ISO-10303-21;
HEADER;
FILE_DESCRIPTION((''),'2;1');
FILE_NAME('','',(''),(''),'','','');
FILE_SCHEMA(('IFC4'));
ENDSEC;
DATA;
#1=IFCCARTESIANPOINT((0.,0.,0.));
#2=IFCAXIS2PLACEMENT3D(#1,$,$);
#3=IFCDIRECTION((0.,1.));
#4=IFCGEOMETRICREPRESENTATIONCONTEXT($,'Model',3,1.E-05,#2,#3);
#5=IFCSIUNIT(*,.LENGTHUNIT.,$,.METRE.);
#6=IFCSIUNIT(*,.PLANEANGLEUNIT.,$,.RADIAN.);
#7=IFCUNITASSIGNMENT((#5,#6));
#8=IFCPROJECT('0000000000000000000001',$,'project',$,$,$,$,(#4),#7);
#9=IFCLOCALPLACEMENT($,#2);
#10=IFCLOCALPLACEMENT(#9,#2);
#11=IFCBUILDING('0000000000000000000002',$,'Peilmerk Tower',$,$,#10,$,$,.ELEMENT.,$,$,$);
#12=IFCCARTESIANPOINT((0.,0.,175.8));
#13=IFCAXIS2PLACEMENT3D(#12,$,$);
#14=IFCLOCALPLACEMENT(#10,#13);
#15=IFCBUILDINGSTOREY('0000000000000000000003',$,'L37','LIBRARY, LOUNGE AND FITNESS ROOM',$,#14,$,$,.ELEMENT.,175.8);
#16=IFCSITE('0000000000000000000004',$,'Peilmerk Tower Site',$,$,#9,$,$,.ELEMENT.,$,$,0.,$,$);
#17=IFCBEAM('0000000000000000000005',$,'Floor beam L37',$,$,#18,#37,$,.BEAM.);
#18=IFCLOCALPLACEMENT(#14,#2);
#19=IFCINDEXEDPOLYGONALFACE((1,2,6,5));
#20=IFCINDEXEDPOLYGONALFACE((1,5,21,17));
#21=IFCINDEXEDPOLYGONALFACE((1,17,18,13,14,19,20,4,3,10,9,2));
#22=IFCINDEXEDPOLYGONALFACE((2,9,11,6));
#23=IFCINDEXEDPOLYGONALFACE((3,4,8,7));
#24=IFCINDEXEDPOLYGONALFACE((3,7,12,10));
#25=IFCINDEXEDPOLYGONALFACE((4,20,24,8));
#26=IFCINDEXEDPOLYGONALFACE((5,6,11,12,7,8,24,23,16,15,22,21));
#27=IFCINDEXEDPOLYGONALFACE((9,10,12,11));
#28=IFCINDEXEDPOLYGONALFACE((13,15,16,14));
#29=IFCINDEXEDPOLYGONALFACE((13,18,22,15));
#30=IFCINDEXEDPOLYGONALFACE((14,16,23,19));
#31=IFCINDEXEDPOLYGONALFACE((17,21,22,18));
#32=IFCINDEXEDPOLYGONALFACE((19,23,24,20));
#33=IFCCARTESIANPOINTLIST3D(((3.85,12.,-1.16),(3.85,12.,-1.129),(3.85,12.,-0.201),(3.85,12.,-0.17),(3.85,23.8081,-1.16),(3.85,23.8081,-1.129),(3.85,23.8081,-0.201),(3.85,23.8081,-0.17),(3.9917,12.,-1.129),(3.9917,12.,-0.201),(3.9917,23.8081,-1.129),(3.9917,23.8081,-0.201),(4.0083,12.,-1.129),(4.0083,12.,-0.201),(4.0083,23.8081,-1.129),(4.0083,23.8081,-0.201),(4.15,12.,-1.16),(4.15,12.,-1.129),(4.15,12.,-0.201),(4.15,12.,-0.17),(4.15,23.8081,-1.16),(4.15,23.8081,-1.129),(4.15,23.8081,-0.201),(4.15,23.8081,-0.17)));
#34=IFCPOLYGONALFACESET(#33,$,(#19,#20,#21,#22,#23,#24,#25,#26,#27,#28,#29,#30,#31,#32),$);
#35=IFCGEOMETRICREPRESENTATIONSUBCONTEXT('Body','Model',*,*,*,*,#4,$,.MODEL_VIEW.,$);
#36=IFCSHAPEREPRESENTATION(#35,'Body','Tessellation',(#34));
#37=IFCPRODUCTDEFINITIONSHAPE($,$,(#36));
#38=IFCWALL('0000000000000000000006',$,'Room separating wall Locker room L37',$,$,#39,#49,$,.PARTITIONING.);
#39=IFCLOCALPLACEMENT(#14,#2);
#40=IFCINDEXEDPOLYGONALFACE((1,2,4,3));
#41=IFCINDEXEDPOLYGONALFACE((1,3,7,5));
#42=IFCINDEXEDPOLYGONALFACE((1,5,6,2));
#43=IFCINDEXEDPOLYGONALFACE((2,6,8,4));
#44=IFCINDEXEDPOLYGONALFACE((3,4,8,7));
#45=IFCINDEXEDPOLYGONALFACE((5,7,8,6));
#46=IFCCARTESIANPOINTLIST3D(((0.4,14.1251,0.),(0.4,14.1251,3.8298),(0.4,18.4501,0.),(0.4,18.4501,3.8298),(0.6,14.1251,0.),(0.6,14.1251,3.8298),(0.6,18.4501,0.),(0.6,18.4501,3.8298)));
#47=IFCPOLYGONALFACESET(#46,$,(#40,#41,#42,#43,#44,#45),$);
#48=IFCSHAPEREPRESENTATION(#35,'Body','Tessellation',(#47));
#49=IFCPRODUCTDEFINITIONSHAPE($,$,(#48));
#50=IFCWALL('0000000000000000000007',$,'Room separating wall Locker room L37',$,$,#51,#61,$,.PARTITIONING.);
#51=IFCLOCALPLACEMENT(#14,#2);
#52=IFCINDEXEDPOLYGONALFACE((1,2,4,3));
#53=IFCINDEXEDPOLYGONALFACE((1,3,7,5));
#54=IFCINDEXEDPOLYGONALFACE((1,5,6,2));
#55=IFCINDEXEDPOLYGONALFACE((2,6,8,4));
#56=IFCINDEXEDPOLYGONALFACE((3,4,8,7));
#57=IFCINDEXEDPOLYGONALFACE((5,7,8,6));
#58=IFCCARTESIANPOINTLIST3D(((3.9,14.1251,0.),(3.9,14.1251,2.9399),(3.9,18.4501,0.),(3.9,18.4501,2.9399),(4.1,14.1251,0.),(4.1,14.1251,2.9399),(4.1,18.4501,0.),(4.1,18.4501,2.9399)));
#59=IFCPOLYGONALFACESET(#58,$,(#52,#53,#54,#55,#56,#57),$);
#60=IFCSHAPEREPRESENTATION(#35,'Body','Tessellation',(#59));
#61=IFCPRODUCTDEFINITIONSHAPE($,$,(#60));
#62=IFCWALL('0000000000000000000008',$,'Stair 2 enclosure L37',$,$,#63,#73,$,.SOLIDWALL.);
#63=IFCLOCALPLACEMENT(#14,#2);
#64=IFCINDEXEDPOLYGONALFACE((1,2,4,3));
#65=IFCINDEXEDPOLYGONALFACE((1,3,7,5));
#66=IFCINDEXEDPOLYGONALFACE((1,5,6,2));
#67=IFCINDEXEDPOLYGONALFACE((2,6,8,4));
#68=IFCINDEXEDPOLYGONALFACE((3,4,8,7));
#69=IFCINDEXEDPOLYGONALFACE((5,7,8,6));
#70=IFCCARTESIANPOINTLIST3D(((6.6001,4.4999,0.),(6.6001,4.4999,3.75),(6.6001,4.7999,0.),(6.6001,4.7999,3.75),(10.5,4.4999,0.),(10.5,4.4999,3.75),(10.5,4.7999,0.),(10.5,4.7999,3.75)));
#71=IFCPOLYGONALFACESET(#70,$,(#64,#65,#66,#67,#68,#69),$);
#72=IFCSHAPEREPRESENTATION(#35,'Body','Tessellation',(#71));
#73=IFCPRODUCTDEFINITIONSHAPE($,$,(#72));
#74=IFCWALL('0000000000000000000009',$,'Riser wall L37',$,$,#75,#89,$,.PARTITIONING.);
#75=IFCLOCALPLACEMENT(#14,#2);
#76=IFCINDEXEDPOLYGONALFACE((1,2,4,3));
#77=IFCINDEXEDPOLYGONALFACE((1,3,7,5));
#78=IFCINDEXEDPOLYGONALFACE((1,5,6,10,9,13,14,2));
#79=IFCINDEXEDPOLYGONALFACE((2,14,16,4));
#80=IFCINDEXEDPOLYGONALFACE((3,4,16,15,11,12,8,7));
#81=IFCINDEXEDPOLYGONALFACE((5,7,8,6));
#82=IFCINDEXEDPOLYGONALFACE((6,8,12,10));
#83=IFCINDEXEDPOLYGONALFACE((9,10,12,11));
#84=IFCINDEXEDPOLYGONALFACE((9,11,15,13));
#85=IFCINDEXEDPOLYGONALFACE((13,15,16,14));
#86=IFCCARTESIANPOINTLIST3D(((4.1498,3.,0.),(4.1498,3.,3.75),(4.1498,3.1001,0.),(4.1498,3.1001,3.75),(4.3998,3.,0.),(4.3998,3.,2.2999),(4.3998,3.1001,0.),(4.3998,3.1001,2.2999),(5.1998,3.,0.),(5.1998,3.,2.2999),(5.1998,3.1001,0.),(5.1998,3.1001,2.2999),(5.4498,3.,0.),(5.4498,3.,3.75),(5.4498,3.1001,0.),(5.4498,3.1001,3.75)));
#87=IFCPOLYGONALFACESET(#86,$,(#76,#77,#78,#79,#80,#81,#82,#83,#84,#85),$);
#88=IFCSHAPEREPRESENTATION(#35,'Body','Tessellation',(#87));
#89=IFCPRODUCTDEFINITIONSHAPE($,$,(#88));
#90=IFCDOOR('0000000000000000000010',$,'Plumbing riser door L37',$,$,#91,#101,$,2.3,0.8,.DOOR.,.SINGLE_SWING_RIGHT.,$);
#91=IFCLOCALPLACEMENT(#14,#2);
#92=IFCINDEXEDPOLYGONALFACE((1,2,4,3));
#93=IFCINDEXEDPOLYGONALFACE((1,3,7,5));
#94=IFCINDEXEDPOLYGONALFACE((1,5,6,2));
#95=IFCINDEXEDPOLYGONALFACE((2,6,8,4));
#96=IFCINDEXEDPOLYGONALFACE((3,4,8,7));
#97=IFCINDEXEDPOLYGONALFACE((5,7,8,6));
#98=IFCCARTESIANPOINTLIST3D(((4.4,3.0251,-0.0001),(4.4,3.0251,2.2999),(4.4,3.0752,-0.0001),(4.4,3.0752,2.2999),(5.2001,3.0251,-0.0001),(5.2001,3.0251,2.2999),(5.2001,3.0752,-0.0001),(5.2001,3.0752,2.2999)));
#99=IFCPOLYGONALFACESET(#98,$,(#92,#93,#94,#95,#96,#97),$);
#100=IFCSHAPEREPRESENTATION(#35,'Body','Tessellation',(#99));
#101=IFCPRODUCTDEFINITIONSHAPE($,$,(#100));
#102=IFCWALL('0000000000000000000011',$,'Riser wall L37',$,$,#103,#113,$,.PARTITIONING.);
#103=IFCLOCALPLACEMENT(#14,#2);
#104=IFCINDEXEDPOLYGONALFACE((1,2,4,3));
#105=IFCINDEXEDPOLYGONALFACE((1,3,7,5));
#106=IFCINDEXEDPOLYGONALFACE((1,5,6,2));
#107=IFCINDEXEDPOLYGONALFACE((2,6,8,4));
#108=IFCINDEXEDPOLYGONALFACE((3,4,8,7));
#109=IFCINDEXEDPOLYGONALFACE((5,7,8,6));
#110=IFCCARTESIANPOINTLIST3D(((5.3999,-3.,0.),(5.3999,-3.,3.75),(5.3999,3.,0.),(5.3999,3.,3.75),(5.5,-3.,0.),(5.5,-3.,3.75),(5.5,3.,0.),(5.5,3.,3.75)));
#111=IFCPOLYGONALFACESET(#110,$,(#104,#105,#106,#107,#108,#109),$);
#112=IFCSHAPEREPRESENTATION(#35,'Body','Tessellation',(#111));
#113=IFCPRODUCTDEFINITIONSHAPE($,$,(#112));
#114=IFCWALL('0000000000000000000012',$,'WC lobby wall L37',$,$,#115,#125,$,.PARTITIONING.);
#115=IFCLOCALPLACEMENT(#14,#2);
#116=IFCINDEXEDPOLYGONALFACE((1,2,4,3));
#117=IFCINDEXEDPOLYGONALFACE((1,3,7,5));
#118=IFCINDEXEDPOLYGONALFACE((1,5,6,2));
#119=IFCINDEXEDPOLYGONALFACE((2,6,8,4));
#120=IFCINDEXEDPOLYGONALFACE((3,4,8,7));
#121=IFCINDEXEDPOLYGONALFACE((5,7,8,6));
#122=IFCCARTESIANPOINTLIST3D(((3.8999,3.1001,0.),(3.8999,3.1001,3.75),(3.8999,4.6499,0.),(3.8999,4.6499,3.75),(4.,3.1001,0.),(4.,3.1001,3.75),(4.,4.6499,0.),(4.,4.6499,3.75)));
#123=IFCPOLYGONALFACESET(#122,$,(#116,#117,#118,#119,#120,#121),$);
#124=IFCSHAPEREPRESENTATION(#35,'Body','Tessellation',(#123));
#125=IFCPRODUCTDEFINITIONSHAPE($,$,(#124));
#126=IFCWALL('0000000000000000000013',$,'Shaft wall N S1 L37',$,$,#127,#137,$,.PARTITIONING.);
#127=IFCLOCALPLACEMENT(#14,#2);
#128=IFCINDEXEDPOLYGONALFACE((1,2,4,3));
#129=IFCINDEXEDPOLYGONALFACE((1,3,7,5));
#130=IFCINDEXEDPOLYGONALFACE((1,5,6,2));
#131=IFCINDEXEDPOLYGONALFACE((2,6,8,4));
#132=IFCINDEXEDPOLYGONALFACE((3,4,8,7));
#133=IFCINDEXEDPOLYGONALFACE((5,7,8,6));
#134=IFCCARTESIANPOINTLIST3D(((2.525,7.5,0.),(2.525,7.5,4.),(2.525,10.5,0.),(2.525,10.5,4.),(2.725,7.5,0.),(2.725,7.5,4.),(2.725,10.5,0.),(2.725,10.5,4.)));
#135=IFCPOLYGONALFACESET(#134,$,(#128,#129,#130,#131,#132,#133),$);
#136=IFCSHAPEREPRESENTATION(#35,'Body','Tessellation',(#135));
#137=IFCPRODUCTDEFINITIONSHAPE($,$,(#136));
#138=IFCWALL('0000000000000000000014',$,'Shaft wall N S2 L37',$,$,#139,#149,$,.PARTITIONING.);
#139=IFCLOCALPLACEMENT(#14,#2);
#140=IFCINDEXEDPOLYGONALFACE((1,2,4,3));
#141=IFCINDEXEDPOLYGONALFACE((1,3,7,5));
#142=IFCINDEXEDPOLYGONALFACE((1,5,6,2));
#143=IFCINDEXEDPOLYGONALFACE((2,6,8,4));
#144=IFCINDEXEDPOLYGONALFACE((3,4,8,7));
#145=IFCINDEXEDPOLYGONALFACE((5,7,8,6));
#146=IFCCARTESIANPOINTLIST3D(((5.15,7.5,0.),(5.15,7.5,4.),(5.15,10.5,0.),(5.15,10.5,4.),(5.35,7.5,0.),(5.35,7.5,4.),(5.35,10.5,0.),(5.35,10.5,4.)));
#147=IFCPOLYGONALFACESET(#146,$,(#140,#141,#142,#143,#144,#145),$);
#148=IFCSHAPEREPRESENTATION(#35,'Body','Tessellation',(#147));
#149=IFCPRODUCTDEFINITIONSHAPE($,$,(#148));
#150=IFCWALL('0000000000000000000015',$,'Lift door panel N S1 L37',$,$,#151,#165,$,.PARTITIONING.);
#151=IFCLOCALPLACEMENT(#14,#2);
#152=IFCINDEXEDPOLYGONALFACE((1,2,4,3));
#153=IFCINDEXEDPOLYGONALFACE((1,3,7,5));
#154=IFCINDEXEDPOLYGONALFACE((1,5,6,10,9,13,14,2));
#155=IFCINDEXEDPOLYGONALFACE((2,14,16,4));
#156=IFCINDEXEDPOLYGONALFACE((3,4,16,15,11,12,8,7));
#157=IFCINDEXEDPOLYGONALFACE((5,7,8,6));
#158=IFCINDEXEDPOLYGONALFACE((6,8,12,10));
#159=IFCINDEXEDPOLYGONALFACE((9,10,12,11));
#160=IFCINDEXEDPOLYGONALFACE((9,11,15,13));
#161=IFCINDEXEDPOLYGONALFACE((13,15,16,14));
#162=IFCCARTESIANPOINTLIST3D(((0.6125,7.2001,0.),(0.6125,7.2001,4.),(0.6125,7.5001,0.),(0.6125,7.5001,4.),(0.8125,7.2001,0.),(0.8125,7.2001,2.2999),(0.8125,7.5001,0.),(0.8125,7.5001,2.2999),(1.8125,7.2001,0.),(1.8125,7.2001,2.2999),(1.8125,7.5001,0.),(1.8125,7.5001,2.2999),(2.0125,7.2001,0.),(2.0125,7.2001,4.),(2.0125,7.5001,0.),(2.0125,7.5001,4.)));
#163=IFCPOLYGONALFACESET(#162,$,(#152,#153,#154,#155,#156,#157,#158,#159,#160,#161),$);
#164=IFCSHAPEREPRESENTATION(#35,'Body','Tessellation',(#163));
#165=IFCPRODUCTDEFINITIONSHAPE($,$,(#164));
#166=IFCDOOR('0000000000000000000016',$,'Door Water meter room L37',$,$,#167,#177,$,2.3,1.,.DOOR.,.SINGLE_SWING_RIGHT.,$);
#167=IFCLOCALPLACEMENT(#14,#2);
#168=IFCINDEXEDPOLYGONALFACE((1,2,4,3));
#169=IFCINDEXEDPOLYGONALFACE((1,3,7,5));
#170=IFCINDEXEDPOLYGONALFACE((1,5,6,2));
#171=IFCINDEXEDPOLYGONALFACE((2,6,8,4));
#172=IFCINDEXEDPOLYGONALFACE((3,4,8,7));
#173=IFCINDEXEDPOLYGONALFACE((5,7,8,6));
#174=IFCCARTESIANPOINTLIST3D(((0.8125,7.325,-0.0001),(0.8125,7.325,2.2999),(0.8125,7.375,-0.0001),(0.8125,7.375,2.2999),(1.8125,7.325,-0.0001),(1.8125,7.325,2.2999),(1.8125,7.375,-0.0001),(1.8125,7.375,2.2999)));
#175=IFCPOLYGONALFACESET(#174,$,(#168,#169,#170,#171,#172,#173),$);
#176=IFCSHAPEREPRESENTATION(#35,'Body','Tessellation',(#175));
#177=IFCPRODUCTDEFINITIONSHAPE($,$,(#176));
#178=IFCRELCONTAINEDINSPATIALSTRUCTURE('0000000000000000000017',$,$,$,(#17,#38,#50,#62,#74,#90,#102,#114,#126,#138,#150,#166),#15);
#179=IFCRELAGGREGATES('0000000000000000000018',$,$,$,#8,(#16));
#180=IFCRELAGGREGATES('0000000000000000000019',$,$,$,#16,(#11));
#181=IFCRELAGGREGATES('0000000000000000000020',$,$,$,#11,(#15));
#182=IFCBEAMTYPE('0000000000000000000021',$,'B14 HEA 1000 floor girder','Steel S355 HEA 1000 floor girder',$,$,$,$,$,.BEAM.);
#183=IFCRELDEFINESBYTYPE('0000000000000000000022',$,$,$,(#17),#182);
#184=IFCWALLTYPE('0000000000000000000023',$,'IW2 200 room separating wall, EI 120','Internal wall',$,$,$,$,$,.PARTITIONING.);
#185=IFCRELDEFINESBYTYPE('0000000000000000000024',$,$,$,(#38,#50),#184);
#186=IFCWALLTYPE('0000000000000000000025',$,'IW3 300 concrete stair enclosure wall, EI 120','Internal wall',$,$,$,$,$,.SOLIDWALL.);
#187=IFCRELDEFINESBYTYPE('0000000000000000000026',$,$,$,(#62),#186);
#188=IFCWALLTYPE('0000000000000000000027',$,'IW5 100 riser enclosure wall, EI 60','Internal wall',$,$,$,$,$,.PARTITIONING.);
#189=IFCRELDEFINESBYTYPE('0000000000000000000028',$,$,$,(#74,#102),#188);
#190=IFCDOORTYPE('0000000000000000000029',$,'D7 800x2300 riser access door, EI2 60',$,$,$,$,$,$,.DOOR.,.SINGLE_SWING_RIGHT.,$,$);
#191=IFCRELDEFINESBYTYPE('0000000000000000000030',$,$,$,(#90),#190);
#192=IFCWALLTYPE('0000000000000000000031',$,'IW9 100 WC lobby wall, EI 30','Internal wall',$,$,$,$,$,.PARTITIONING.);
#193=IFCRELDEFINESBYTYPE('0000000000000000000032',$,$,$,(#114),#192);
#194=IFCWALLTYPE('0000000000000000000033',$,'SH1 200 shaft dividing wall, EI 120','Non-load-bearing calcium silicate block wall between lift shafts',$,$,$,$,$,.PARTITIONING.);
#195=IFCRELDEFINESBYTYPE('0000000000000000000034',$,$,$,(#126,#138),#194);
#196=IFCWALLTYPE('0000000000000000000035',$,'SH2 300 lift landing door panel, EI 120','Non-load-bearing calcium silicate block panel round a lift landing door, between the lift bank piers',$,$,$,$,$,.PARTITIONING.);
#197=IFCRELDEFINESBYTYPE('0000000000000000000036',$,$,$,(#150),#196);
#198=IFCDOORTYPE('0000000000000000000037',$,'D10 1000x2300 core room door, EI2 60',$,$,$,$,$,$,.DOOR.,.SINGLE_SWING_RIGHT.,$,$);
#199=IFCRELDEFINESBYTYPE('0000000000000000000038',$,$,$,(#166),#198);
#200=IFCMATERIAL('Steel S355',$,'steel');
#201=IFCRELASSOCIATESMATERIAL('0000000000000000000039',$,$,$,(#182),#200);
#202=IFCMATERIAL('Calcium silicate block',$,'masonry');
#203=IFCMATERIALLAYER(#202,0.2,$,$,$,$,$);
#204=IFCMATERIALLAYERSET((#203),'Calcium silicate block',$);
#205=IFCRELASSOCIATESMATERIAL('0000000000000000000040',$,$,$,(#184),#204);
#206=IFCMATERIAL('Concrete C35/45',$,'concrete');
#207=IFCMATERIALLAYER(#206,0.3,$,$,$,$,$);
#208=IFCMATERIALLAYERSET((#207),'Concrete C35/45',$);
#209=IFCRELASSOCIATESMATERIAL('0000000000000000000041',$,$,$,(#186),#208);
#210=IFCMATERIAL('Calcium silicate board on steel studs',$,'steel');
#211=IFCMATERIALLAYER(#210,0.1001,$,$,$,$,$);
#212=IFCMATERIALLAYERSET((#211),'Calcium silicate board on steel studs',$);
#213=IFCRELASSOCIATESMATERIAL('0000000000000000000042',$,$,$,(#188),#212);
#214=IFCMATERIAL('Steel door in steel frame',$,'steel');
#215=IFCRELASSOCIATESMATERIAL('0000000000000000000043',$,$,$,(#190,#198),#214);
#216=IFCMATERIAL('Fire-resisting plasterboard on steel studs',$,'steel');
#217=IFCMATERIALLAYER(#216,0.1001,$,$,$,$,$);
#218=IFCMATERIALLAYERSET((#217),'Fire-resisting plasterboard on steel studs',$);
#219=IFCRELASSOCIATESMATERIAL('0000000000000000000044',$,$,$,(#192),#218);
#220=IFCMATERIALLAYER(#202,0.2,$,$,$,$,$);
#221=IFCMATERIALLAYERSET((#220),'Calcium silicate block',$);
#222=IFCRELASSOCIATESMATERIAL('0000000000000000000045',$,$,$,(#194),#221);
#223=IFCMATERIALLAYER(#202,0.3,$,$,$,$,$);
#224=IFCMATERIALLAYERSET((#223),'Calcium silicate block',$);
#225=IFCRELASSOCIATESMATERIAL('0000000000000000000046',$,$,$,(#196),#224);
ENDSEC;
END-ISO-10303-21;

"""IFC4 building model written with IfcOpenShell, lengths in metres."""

from ifc_helpers import new_model, si_unit, direction, frame, frame_2d, origin, origin_2d, place, context, subcontext, project, spatial, rectangle, i_section, extrude, material, layer, layer_set, material_profile, profile_set, type_object, element, fill, save


model = new_model("IFC4")

# Units and contexts
model_context = context("Model", 3, precision=1e-05, world=origin(), true_north=direction((0.0, 1.0)))
body_context = subcontext(model_context, "Body", "Model", "MODEL_VIEW")
ifc_project = project(units=[si_unit("LENGTHUNIT", "METRE"), si_unit("PLANEANGLEUNIT", "RADIAN")], contexts=[model_context])

# Site, building, storey
site_placement = place(None, origin())
site = spatial("IfcSite", under=ifc_project, at=site_placement, Name="Peilmerk Tower Site", CompositionType="ELEMENT", RefElevation=0.0)
building_placement = place(site_placement, origin())
building = spatial("IfcBuilding", under=site, at=building_placement, Name="Peilmerk Tower", CompositionType="ELEMENT")
storey_placement = place(building_placement, frame((0.0, 0.0, 175.8)))
storey = spatial("IfcBuildingStorey", under=building, at=storey_placement, Name="L37", Description="LIBRARY, LOUNGE AND FITNESS ROOM", CompositionType="ELEMENT", Elevation=175.8)

# Beam
ifc_material_1 = material(Name="Steel S355", Category="steel")
ifc_material_profile = material_profile(ifc_material_1, i_section(OverallWidth=0.3, OverallDepth=0.99, WebThickness=0.0166, FlangeThickness=0.031, at=origin_2d()), Name="HEA 1000")
ifc_profile_set = profile_set([ifc_material_profile], Name="Steel S355")
beam_type = type_object("IfcBeamType", Name="B14 HEA 1000 floor girder", Description="Steel S355 HEA 1000 floor girder", PredefinedType="BEAM", material=ifc_profile_set)
beam_placement = place(storey_placement, frame((4.0, 12.0, -0.665), z_axis=(0.0, 1.0, 0.0), x_axis=(-1.0, 0.0, 0.0)))
element("IfcBeam", 1, at=beam_placement, inside=storey, type_object=beam_type, Name="Floor beam L37", PredefinedType="BEAM", context=body_context, shape_type="SweptSolid", body=[
    extrude(i_section(OverallWidth=0.3, OverallDepth=0.99, WebThickness=0.0166, FlangeThickness=0.031, at=origin_2d()), origin(), (0.0, 0.0, 1.0), 11.8081),
])

# Walls
ifc_material_2 = material(Name="Calcium silicate block", Category="masonry")
ifc_layer_1 = layer(ifc_material_2, 0.2)
ifc_layer_set_1 = layer_set([ifc_layer_1], Name="Calcium silicate block")
wall_type_1 = type_object("IfcWallType", Name="IW2 200 room separating wall, EI 120", Description="Internal wall", PredefinedType="PARTITIONING", material=ifc_layer_set_1)
wall_1_placement = place(storey_placement, frame((0.5, 14.125, 0.0), z_axis=(0.0, 0.0, 1.0), x_axis=(0.0, 1.0, 0.0)))
element("IfcWall", 2, at=wall_1_placement, inside=storey, type_object=wall_type_1, Name="Room separating wall Locker room L37", PredefinedType="PARTITIONING", context=body_context, shape_type="SweptSolid", body=[
    extrude(rectangle(XDim=4.325, YDim=0.2, at=frame_2d((2.1626, 0.0))), origin(), (0.0, 0.0, 1.0), 3.8298),
])
wall_2_placement = place(storey_placement, frame((4.0, 14.125, 0.0), z_axis=(0.0, 0.0, 1.0), x_axis=(0.0, 1.0, 0.0)))
element("IfcWall", 3, at=wall_2_placement, inside=storey, type_object=wall_type_1, Name="Room separating wall Locker room L37", PredefinedType="PARTITIONING", context=body_context, shape_type="SweptSolid", body=[
    extrude(rectangle(XDim=4.325, YDim=0.2, at=frame_2d((2.1626, 0.0))), origin(), (0.0, 0.0, 1.0), 2.9399),
])
ifc_material_3 = material(Name="Concrete C35/45", Category="concrete")
ifc_layer_2 = layer(ifc_material_3, 0.3)
ifc_layer_set_2 = layer_set([ifc_layer_2], Name="Concrete C35/45")
wall_type_2 = type_object("IfcWallType", Name="IW3 300 concrete stair enclosure wall, EI 120", Description="Internal wall", PredefinedType="SOLIDWALL", material=ifc_layer_set_2)
wall_3_placement = place(storey_placement, frame((6.6001, 4.6499, 0.0), z_axis=(0.0, 0.0, 1.0), x_axis=(1.0, 0.0, 0.0)))
element("IfcWall", 4, at=wall_3_placement, inside=storey, type_object=wall_type_2, Name="Stair 2 enclosure L37", PredefinedType="SOLIDWALL", context=body_context, shape_type="SweptSolid", body=[
    extrude(rectangle(XDim=3.8999, YDim=0.3, at=frame_2d((1.95, 0.0))), origin(), (0.0, 0.0, 1.0), 3.75),
])

# Wall, opening, door
ifc_material_4 = material(Name="Calcium silicate board on steel studs", Category="steel")
ifc_layer_3 = layer(ifc_material_4, 0.1001)
ifc_layer_set_3 = layer_set([ifc_layer_3], Name="Calcium silicate board on steel studs")
wall_type_3 = type_object("IfcWallType", Name="IW5 100 riser enclosure wall, EI 60", Description="Internal wall", PredefinedType="PARTITIONING", material=ifc_layer_set_3)
wall_4_placement = place(storey_placement, frame((4.1499, 3.05, 0.0), z_axis=(0.0, 0.0, 1.0), x_axis=(1.0, 0.0, 0.0)))
wall_4 = element("IfcWall", 5, at=wall_4_placement, inside=storey, type_object=wall_type_3, Name="Riser wall L37", PredefinedType="PARTITIONING", context=body_context, shape_type="SweptSolid", body=[
    extrude(rectangle(XDim=1.3, YDim=0.1001, at=frame_2d((0.6499, 0.0))), origin(), (0.0, 0.0, 1.0), 3.75),
])
opening_1_placement = place(wall_4_placement, frame((0.25, 0.0, 0.0)))
opening_1 = element("IfcOpeningElement", 6, at=opening_1_placement, cuts=wall_4, PredefinedType="OPENING", context=body_context, shape_type="SweptSolid", body=[
    extrude(rectangle(XDim=0.8, YDim=2.3, at=frame_2d((0.3999, 1.1499))), frame((0.0, 0.0601, 0.0), z_axis=(0.0, -1.0, 0.0), x_axis=(1.0, 0.0, 0.0)), (0.0, 0.0, 1.0), 0.1201),
])
ifc_material_5 = material(Name="Steel door in steel frame", Category="steel")
door_type_1 = type_object("IfcDoorType", Name="D7 800x2300 riser access door, EI2 60", OperationType="SINGLE_SWING_RIGHT", PredefinedType="DOOR", material=ifc_material_5)
door_1_placement = place(opening_1_placement, frame((0.8, 0.0, 0.0), z_axis=(0.0, 0.0, 1.0), x_axis=(-1.0, 0.0, 0.0)))
door_1 = element("IfcDoor", 7, at=door_1_placement, inside=storey, type_object=door_type_1, Name="Plumbing riser door L37", OperationType="SINGLE_SWING_RIGHT", OverallHeight=2.3, OverallWidth=0.8, PredefinedType="DOOR", context=body_context, shape_type="SweptSolid", body=[
    extrude(rectangle(XDim=0.8, YDim=2.3, at=frame_2d((0.3999, 1.1499))), frame((0.0, 0.0249, 0.0), z_axis=(0.0, -1.0, 0.0), x_axis=(1.0, 0.0, 0.0)), (0.0, 0.0, 1.0), 0.05),
])
fill(opening_1, door_1)

# Walls
wall_5_placement = place(storey_placement, frame((5.45, 3.0, 0.0), z_axis=(0.0, 0.0, 1.0), x_axis=(0.0, -1.0, 0.0)))
element("IfcWall", 8, at=wall_5_placement, inside=storey, type_object=wall_type_3, Name="Riser wall L37", PredefinedType="PARTITIONING", context=body_context, shape_type="SweptSolid", body=[
    extrude(rectangle(XDim=6.0, YDim=0.1001, at=frame_2d((3.0, 0.0))), origin(), (0.0, 0.0, 1.0), 3.75),
])
ifc_material_6 = material(Name="Fire-resisting plasterboard on steel studs", Category="steel")
ifc_layer_4 = layer(ifc_material_6, 0.1001)
ifc_layer_set_4 = layer_set([ifc_layer_4], Name="Fire-resisting plasterboard on steel studs")
wall_type_4 = type_object("IfcWallType", Name="IW9 100 WC lobby wall, EI 30", Description="Internal wall", PredefinedType="PARTITIONING", material=ifc_layer_set_4)
wall_6_placement = place(storey_placement, frame((3.95, 3.1001, 0.0), z_axis=(0.0, 0.0, 1.0), x_axis=(0.0, 1.0, 0.0)))
element("IfcWall", 9, at=wall_6_placement, inside=storey, type_object=wall_type_4, Name="WC lobby wall L37", PredefinedType="PARTITIONING", context=body_context, shape_type="SweptSolid", body=[
    extrude(rectangle(XDim=1.5498, YDim=0.1001, at=frame_2d((0.7749, 0.0))), origin(), (0.0, 0.0, 1.0), 3.75),
])
ifc_layer_5 = layer(ifc_material_2, 0.2)
ifc_layer_set_5 = layer_set([ifc_layer_5], Name="Calcium silicate block")
wall_type_5 = type_object("IfcWallType", Name="SH1 200 shaft dividing wall, EI 120", Description="Non-load-bearing calcium silicate block wall between lift shafts", PredefinedType="PARTITIONING", material=ifc_layer_set_5)
for number, where, z_axis, x_axis, name in (
    (10, (2.625, 7.5, 0.0), (0.0, 0.0, 1.0), (0.0, 1.0, 0.0), "Shaft wall N S1 L37"),
    (11, (5.25, 7.5, 0.0), (0.0, 0.0, 1.0), (0.0, 1.0, 0.0), "Shaft wall N S2 L37"),
):
    element("IfcWall", number, at=place(storey_placement, frame(where, z_axis=z_axis, x_axis=x_axis)), inside=storey, type_object=wall_type_5, Name=name, PredefinedType="PARTITIONING", context=body_context, shape_type="SweptSolid", body=[
        extrude(rectangle(XDim=3.0, YDim=0.2, at=frame_2d((1.5, 0.0))), origin(), (0.0, 0.0, 1.0), 4.0),
    ])

# Wall, opening, door
ifc_layer_6 = layer(ifc_material_2, 0.3)
ifc_layer_set_6 = layer_set([ifc_layer_6], Name="Calcium silicate block")
wall_type_6 = type_object("IfcWallType", Name="SH2 300 lift landing door panel, EI 120", Description="Non-load-bearing calcium silicate block panel round a lift landing door, between the lift bank piers", PredefinedType="PARTITIONING", material=ifc_layer_set_6)
wall_7_placement = place(storey_placement, frame((0.6125, 7.3501, 0.0), z_axis=(0.0, 0.0, 1.0), x_axis=(1.0, 0.0, 0.0)))
wall_7 = element("IfcWall", 12, at=wall_7_placement, inside=storey, type_object=wall_type_6, Name="Lift door panel N S1 L37", PredefinedType="PARTITIONING", context=body_context, shape_type="SweptSolid", body=[
    extrude(rectangle(XDim=1.3999, YDim=0.3, at=frame_2d((0.7, 0.0))), origin(), (0.0, 0.0, 1.0), 4.0),
])
opening_2_placement = place(wall_7_placement, frame((0.2, 0.0, 0.0)))
opening_2 = element("IfcOpeningElement", 13, at=opening_2_placement, cuts=wall_7, PredefinedType="OPENING", context=body_context, shape_type="SweptSolid", body=[
    extrude(rectangle(XDim=1.0, YDim=2.3, at=frame_2d((0.5, 1.1499))), frame((0.0, 0.1599, 0.0), z_axis=(0.0, -1.0, 0.0), x_axis=(1.0, 0.0, 0.0)), (0.0, 0.0, 1.0), 0.3201),
])
door_type_2 = type_object("IfcDoorType", Name="D10 1000x2300 core room door, EI2 60", OperationType="SINGLE_SWING_RIGHT", PredefinedType="DOOR", material=ifc_material_5)
door_2_placement = place(opening_2_placement, origin())
door_2 = element("IfcDoor", 14, at=door_2_placement, inside=storey, type_object=door_type_2, Name="Door Water meter room L37", OperationType="SINGLE_SWING_RIGHT", OverallHeight=2.3, OverallWidth=1.0, PredefinedType="DOOR", context=body_context, shape_type="SweptSolid", body=[
    extrude(rectangle(XDim=1.0, YDim=2.3, at=frame_2d((0.5, 1.1499))), frame((0.0, 0.0249, 0.0), z_axis=(0.0, -1.0, 0.0), x_axis=(1.0, 0.0, 0.0)), (0.0, 0.0, 1.0), 0.05),
])
fill(opening_2, door_2)

save(model, "model.ifc")
